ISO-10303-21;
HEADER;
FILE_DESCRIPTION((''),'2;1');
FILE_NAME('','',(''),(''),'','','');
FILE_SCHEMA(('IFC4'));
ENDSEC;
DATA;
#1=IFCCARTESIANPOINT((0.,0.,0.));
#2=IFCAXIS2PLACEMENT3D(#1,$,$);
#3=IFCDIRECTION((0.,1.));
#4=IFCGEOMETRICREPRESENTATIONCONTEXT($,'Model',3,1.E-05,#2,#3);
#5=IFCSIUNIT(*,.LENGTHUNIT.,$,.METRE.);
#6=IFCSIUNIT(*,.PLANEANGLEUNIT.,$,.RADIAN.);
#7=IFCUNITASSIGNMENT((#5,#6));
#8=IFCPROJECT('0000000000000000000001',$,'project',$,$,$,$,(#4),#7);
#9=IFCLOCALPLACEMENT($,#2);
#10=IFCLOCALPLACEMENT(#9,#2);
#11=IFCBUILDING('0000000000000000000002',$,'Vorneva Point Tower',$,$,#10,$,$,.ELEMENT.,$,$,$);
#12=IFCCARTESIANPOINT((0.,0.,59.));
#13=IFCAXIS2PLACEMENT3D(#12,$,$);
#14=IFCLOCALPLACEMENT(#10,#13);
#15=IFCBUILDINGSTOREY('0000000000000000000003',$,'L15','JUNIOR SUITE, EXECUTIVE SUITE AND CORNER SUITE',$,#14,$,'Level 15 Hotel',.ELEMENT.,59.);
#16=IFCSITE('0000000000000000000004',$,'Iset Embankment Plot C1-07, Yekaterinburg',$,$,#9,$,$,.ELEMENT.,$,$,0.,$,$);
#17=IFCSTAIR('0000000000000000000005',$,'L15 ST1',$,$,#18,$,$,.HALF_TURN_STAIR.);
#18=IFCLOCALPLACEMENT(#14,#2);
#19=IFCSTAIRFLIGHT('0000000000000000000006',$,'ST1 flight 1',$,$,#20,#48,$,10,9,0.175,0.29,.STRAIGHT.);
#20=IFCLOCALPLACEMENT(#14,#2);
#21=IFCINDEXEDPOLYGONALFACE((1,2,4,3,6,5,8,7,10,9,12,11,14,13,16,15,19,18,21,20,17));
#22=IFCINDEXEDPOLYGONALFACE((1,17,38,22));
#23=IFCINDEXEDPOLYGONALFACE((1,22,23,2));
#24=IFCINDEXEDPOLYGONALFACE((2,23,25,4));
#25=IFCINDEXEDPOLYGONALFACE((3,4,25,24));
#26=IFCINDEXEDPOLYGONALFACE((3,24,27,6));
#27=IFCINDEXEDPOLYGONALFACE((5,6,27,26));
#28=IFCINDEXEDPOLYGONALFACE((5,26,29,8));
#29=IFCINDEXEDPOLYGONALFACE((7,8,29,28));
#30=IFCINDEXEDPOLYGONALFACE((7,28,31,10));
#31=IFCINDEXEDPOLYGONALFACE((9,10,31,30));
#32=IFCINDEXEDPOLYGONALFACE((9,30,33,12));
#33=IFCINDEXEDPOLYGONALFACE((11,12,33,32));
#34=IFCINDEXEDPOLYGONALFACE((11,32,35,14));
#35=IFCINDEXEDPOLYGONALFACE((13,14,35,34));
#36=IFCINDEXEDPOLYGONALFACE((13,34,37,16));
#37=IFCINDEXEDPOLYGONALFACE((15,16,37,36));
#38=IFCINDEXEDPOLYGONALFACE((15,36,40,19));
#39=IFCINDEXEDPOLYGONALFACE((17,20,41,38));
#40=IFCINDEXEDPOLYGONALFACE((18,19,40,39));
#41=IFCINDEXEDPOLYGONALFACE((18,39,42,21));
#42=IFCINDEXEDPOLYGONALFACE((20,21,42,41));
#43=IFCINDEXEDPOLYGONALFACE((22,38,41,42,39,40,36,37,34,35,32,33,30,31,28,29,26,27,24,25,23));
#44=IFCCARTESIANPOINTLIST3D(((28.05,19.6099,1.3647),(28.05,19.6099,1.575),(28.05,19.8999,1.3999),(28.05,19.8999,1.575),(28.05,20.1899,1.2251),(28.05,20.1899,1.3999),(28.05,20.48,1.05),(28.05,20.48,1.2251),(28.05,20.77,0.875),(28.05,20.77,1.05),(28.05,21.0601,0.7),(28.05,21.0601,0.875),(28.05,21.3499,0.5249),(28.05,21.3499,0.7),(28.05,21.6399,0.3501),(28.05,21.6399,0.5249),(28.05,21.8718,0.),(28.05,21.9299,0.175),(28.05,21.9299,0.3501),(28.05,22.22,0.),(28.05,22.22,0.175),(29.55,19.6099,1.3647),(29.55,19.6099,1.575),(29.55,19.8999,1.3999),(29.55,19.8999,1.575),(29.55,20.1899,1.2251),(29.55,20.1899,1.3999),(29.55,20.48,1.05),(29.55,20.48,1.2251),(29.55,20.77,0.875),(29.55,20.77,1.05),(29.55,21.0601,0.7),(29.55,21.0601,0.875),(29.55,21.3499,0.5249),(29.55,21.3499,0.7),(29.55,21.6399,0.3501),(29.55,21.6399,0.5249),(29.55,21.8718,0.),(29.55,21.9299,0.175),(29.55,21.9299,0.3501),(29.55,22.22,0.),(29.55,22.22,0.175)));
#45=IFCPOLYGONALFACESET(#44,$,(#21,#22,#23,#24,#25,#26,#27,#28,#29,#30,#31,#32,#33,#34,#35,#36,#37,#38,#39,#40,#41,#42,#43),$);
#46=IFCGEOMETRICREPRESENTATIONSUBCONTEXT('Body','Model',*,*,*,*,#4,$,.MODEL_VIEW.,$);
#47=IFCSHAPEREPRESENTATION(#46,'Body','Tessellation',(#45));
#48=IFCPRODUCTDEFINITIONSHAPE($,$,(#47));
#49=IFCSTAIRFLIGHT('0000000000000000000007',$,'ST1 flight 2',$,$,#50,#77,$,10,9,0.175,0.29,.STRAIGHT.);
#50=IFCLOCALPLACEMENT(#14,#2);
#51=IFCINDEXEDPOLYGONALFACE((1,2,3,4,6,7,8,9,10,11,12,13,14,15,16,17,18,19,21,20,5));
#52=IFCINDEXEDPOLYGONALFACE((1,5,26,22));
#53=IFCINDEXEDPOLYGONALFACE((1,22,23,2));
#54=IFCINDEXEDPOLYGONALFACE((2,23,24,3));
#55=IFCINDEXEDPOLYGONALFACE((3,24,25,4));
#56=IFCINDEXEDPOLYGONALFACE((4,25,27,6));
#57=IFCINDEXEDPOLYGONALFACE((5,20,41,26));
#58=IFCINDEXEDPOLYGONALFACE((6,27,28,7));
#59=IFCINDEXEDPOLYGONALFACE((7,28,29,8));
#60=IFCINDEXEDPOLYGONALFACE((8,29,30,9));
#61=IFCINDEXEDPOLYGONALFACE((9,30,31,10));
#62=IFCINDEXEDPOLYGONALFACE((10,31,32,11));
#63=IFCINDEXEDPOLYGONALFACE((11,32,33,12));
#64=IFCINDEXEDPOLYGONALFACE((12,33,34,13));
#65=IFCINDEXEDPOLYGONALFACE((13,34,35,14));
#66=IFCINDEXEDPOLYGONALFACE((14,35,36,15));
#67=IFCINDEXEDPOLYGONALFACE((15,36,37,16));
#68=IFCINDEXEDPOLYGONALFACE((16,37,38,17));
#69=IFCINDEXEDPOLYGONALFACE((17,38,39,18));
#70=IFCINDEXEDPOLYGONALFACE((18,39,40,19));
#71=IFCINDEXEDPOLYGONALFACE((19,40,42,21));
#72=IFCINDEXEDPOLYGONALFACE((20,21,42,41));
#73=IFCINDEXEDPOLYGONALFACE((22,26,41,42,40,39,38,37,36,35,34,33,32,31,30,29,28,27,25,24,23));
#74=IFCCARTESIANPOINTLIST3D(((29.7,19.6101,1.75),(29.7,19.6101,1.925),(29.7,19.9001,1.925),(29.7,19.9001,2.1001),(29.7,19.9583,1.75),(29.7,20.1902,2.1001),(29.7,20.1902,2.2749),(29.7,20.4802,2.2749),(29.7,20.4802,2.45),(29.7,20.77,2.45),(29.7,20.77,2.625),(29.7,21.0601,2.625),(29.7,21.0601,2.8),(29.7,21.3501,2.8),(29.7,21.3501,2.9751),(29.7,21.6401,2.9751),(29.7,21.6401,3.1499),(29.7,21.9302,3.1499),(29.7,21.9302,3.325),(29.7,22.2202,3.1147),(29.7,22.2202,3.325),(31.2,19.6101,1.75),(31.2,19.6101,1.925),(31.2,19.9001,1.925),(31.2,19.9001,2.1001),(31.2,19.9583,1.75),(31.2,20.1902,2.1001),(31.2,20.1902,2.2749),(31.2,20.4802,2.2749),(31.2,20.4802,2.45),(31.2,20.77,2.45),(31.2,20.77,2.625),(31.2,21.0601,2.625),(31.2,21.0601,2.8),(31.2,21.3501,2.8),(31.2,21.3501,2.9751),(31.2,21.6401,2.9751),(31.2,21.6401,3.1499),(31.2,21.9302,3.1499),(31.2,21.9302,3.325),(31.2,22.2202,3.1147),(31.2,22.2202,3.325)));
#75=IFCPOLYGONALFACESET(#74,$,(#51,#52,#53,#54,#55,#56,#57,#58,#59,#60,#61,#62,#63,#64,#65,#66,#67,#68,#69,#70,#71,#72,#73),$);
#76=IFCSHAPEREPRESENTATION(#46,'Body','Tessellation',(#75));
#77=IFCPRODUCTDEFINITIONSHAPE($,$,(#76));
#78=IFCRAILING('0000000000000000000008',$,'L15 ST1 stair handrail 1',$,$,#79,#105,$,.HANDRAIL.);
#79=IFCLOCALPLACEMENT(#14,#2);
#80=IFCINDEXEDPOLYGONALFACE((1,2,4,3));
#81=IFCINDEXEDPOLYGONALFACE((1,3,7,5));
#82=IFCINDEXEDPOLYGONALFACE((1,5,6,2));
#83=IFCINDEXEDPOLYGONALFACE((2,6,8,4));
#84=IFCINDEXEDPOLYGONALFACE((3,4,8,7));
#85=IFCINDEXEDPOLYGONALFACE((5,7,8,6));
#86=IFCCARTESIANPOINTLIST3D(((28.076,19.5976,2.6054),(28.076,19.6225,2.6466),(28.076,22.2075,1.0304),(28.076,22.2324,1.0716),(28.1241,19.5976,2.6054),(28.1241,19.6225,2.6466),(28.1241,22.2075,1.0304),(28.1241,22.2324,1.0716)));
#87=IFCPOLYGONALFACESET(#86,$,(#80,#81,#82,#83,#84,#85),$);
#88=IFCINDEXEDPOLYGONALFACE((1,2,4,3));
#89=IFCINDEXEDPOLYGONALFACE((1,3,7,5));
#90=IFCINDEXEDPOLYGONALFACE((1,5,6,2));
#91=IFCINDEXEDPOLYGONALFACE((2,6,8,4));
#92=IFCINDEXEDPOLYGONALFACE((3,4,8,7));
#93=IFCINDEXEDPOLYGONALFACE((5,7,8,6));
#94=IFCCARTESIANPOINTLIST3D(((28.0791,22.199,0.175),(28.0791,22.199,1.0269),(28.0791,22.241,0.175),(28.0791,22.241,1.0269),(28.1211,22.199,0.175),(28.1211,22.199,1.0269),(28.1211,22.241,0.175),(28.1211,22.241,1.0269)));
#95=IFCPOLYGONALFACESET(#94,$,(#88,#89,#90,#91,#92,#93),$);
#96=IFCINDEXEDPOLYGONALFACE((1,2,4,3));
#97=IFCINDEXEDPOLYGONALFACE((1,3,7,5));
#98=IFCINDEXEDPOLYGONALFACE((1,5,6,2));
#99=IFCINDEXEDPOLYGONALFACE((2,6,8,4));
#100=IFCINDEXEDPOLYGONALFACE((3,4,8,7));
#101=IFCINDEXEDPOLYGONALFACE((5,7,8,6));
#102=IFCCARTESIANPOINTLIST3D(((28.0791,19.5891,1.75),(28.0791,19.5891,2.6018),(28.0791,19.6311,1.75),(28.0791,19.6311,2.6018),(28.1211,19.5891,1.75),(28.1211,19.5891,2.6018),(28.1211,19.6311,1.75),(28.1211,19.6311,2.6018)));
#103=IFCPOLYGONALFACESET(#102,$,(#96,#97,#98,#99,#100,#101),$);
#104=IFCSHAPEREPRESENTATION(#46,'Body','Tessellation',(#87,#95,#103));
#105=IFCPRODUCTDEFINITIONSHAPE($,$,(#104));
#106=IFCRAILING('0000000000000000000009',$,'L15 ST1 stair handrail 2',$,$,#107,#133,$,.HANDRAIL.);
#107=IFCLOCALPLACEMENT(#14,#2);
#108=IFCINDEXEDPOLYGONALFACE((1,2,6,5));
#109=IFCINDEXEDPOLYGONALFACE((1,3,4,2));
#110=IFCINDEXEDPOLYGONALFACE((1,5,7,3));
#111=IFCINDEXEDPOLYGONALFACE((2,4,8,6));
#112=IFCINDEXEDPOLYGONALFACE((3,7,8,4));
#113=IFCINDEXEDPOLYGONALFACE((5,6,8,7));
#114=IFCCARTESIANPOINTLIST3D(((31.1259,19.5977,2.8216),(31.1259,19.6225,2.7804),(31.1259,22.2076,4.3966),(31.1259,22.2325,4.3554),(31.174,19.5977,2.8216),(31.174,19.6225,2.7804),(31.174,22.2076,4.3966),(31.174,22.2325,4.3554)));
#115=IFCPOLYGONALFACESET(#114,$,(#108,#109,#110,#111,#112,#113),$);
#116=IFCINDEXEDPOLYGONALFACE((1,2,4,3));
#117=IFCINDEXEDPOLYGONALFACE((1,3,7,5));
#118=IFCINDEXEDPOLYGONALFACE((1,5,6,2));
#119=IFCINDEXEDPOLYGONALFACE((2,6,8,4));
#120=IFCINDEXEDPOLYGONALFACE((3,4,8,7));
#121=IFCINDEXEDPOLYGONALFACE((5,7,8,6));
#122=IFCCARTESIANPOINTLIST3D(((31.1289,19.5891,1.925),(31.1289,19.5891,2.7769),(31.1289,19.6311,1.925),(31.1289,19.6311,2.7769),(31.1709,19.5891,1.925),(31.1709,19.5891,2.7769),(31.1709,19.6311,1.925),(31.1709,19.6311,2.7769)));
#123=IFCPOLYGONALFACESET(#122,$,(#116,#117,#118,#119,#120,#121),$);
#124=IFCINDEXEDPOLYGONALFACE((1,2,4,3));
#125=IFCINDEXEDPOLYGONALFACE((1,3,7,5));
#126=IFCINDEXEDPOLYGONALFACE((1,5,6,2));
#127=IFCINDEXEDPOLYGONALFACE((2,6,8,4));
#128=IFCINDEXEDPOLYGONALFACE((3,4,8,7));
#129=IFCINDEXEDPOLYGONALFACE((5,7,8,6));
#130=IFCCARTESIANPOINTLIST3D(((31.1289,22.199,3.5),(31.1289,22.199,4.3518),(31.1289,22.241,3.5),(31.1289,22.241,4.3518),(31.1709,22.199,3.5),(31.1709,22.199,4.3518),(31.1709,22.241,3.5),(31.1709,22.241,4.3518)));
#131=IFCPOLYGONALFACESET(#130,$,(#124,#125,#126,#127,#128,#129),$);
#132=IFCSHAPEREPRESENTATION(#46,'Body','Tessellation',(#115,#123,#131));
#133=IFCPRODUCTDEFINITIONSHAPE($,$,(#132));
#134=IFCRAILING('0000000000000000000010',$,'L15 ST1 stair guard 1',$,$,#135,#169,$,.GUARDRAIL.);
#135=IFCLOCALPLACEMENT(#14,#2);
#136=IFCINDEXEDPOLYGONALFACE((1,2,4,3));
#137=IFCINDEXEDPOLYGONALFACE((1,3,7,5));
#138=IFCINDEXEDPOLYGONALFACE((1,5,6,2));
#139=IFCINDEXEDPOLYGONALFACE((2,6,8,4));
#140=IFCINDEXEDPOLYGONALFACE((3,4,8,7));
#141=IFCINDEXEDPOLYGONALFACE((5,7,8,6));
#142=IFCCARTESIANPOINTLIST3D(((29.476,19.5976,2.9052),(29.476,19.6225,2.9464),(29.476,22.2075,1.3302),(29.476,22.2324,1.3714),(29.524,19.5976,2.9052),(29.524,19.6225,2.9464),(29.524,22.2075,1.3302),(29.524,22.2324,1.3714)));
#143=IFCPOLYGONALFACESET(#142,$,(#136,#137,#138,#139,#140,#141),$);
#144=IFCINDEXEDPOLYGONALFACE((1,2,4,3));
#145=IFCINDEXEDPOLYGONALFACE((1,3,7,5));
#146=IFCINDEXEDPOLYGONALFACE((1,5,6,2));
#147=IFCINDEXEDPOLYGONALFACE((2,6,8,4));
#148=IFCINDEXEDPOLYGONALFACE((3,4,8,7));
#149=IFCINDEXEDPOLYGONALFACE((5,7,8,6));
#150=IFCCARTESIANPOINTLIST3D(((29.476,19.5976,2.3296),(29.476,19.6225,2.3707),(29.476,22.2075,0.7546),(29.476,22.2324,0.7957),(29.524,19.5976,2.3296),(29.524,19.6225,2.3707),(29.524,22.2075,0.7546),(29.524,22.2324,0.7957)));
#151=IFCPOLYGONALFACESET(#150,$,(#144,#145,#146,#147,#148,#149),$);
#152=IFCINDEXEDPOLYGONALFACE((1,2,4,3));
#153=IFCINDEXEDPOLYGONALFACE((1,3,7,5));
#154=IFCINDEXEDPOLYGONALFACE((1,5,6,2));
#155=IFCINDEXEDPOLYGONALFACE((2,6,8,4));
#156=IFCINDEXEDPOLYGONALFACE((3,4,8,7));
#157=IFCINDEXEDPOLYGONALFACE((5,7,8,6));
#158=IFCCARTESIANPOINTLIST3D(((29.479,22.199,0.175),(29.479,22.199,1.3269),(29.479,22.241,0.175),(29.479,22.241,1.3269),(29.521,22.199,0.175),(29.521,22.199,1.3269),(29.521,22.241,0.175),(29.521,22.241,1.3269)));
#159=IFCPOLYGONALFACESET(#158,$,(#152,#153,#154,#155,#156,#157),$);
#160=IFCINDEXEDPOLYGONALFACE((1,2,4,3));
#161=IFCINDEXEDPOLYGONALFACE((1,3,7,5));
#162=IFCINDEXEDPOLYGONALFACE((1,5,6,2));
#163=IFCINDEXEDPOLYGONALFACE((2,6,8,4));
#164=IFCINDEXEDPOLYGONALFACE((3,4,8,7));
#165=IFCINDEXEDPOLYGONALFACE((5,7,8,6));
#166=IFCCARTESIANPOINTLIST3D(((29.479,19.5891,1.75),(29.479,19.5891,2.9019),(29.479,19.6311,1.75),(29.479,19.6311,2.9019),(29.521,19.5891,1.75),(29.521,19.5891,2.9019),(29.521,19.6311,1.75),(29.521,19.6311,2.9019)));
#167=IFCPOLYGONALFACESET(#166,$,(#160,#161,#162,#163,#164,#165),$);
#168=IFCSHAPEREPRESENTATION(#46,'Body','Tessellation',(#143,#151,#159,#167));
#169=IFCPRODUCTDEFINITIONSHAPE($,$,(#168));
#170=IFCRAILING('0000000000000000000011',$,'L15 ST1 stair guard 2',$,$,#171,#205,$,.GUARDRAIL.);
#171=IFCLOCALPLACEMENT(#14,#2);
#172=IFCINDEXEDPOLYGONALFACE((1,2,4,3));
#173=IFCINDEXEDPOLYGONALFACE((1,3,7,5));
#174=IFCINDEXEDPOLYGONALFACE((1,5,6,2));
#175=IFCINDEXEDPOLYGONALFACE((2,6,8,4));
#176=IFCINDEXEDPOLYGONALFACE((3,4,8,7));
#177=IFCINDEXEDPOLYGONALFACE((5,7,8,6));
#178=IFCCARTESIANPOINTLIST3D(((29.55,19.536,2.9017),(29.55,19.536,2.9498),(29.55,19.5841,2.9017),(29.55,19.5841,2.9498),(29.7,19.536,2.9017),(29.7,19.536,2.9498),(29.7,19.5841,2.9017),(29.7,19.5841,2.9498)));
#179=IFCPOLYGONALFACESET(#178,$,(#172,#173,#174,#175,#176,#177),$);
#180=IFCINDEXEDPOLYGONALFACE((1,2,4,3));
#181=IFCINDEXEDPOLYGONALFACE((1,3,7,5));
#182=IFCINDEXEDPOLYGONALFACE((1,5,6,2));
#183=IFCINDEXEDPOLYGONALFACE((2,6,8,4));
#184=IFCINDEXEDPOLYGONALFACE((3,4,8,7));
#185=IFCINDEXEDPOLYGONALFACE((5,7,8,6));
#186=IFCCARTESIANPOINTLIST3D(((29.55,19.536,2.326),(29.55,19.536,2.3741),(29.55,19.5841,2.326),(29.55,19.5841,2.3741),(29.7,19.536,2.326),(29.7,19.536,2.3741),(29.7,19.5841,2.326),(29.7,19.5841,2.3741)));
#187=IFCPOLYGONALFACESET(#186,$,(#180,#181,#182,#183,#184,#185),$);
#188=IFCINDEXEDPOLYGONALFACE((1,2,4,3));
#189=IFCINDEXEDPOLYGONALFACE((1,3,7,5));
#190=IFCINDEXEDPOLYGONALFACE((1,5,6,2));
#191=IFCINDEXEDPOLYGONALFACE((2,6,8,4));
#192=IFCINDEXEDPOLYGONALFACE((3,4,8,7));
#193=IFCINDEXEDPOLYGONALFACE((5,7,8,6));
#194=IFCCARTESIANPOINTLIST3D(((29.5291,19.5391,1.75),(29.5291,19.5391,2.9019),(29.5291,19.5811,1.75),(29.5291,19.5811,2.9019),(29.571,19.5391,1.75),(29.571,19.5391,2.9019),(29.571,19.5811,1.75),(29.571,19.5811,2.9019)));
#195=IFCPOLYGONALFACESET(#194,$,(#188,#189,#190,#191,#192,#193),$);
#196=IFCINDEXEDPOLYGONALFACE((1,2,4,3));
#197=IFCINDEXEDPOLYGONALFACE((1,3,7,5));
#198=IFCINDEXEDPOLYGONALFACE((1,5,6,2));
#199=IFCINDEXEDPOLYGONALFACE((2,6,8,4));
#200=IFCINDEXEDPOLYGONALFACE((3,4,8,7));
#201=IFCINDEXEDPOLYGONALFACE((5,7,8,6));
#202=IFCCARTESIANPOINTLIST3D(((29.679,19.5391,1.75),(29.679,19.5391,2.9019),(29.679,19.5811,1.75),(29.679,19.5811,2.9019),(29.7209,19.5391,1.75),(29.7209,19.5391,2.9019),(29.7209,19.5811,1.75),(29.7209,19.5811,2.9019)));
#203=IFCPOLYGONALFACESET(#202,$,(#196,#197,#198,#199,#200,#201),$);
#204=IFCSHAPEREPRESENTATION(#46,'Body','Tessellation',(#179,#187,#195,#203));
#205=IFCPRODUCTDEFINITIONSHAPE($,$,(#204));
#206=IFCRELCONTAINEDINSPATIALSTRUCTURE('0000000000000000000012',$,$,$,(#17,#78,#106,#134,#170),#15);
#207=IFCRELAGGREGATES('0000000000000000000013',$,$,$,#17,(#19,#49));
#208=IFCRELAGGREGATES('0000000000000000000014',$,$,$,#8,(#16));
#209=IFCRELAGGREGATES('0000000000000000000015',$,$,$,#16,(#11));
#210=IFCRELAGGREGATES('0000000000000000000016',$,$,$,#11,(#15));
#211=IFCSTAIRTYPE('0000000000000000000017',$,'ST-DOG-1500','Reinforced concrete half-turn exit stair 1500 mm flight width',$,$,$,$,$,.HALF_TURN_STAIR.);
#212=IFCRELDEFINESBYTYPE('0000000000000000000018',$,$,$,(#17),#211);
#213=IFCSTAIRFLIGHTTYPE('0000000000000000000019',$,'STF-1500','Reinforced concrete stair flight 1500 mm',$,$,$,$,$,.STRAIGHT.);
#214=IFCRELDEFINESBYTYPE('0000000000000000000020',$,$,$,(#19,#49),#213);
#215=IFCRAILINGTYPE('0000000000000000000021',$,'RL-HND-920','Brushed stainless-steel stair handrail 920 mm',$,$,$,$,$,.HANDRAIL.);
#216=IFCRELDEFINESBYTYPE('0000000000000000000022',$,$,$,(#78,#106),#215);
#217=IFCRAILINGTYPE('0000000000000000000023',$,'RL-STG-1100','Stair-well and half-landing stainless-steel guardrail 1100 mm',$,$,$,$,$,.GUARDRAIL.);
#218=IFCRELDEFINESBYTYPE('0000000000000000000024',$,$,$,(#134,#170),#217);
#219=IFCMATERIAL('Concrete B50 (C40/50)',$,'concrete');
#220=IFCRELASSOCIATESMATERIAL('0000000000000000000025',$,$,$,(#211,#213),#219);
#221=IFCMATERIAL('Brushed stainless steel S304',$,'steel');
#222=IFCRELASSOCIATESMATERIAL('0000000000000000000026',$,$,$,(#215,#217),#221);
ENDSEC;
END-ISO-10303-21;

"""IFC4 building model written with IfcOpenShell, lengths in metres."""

from ifc_helpers import new_model, si_unit, direction, frame, origin, origin_2d, place, context, subcontext, project, spatial, polyline, rectangle, outline, extrude, material, type_object, element, aggregate, save


model = new_model("IFC4")

# Units and contexts
model_context = context("Model", 3, precision=1e-05, world=origin(), true_north=direction((0.0, 1.0)))
body_context = subcontext(model_context, "Body", "Model", "MODEL_VIEW")
ifc_project = project(units=[si_unit("LENGTHUNIT", "METRE"), si_unit("PLANEANGLEUNIT", "RADIAN")], contexts=[model_context])

# Site, building, storey
site_placement = place(None, origin())
site = spatial("IfcSite", under=ifc_project, at=site_placement, Name="Iset Embankment Plot C1-07, Yekaterinburg", CompositionType="ELEMENT", RefElevation=0.0)
building_placement = place(site_placement, origin())
building = spatial("IfcBuilding", under=site, at=building_placement, Name="Vorneva Point Tower", CompositionType="ELEMENT")
storey_placement = place(building_placement, frame((0.0, 0.0, 59.0)))
storey = spatial("IfcBuildingStorey", under=building, at=storey_placement, Name="L15", Description="JUNIOR SUITE, EXECUTIVE SUITE AND CORNER SUITE", LongName="Level 15 Hotel", CompositionType="ELEMENT", Elevation=59.0)

# Shared definitions
ifc_material_1 = material(Name="Concrete B50 (C40/50)", Category="concrete")

# Stair, stair flights
stair_type = type_object("IfcStairType", Name="ST-DOG-1500", Description="Reinforced concrete half-turn exit stair 1500 mm flight width", PredefinedType="HALF_TURN_STAIR", material=ifc_material_1)
stair_placement = place(storey_placement, origin())
stair = element("IfcStair", 1, at=stair_placement, inside=storey, type_object=stair_type, Name="L15 ST1", PredefinedType="HALF_TURN_STAIR")
stair_flight_type = type_object("IfcStairFlightType", Name="STF-1500", Description="Reinforced concrete stair flight 1500 mm", PredefinedType="STRAIGHT", material=ifc_material_1)
stair_flight_1_placement = place(storey_placement, frame((28.8, 22.22, 0.0), z_axis=(0.0, 0.0, 1.0), x_axis=(0.0, -1.0, 0.0)))
stair_flight_1 = element("IfcStairFlight", 2, at=stair_flight_1_placement, type_object=stair_flight_type, Name="ST1 flight 1", NumberOfRisers=10, NumberOfTreads=9, PredefinedType="STRAIGHT", RiserHeight=0.175, TreadLength=0.29, context=body_context, shape_type="SweptSolid", body=[
    extrude(outline(polyline([(0.0, 0.0), (0.0, 0.175), (0.29, 0.175), (0.29, 0.3501), (0.5801, 0.3501), (0.5801, 0.5249), (0.8701, 0.5249), (0.8701, 0.7), (1.1599, 0.7), (1.1599, 0.875), (1.45, 0.875), (1.45, 1.05), (1.74, 1.05), (1.74, 1.2251), (2.03, 1.2251), (2.03, 1.3999), (2.3201, 1.3999), (2.3201, 1.575), (2.6101, 1.575), (2.6101, 1.75), (2.6101, 1.3647), (0.3481, 0.0), (0.0, 0.0)])), frame((0.0, 0.75, 0.0), z_axis=(0.0, -1.0, 0.0), x_axis=(1.0, 0.0, 0.0)), (0.0, 0.0, 1.0), 1.5),
])
stair_flight_2_placement = place(storey_placement, frame((30.45, 19.6101, 1.75), z_axis=(0.0, 0.0, 1.0), x_axis=(0.0, 1.0, 0.0)))
stair_flight_2 = element("IfcStairFlight", 3, at=stair_flight_2_placement, type_object=stair_flight_type, Name="ST1 flight 2", NumberOfRisers=10, NumberOfTreads=9, PredefinedType="STRAIGHT", RiserHeight=0.175, TreadLength=0.29, context=body_context, shape_type="SweptSolid", body=[
    extrude(outline(polyline([(0.0, 0.0), (0.0, 0.175), (0.29, 0.175), (0.29, 0.3501), (0.5801, 0.3501), (0.5801, 0.5249), (0.8701, 0.5249), (0.8701, 0.7), (1.1599, 0.7), (1.1599, 0.875), (1.45, 0.875), (1.45, 1.05), (1.74, 1.05), (1.74, 1.2251), (2.03, 1.2251), (2.03, 1.3999), (2.3201, 1.3999), (2.3201, 1.575), (2.6101, 1.575), (2.6101, 1.75), (2.6101, 1.3647), (0.3481, 0.0), (0.0, 0.0)])), frame((0.0, 0.75, 0.0), z_axis=(0.0, -1.0, 0.0), x_axis=(1.0, 0.0, 0.0)), (0.0, 0.0, 1.0), 1.5),
])
aggregate(stair, [stair_flight_1, stair_flight_2])

# Railings
ifc_material_2 = material(Name="Brushed stainless steel S304", Category="steel")
railing_type_1 = type_object("IfcRailingType", Name="RL-HND-920", Description="Brushed stainless-steel stair handrail 920 mm", PredefinedType="HANDRAIL", material=ifc_material_2)
railing_1_placement = place(storey_placement, frame((28.1001, 22.22, 0.175)))
element("IfcRailing", 4, at=railing_1_placement, inside=storey, type_object=railing_type_1, Name="L15 ST1 stair handrail 1", PredefinedType="HANDRAIL", context=body_context, shape_type="SweptSolid", body=[
    extrude(rectangle(XDim=0.0481, YDim=0.0481, at=origin_2d()), frame((0.0, 0.0, 0.876), z_axis=(0.0, -0.856183, 0.516673), x_axis=(1.0, 0.0, 0.0)), (0.0, 0.0, 1.0), 3.0483),
    extrude(rectangle(XDim=0.042, YDim=0.042, at=origin_2d()), origin(), (0.0, 0.0, 1.0), 0.8518),
    extrude(rectangle(XDim=0.042, YDim=0.042, at=origin_2d()), frame((0.0, -2.6099, 1.575)), (0.0, 0.0, 1.0), 0.8518),
])
railing_2_placement = place(storey_placement, frame((31.1499, 19.6101, 1.925)))
element("IfcRailing", 5, at=railing_2_placement, inside=storey, type_object=railing_type_1, Name="L15 ST1 stair handrail 2", PredefinedType="HANDRAIL", context=body_context, shape_type="SweptSolid", body=[
    extrude(rectangle(XDim=0.0481, YDim=0.0481, at=origin_2d()), frame((0.0, 0.0, 0.876), z_axis=(0.0, 0.856183, 0.516673), x_axis=(-1.0, 0.0, 0.0)), (0.0, 0.0, 1.0), 3.0483),
    extrude(rectangle(XDim=0.042, YDim=0.042, at=origin_2d()), origin(), (0.0, 0.0, 1.0), 0.8518),
    extrude(rectangle(XDim=0.042, YDim=0.042, at=origin_2d()), frame((0.0, 2.6099, 1.575)), (0.0, 0.0, 1.0), 0.8518),
])
railing_type_2 = type_object("IfcRailingType", Name="RL-STG-1100", Description="Stair-well and half-landing stainless-steel guardrail 1100 mm", PredefinedType="GUARDRAIL", material=ifc_material_2)
railing_3_placement = place(storey_placement, frame((29.5, 22.22, 0.175)))
element("IfcRailing", 6, at=railing_3_placement, inside=storey, type_object=railing_type_2, Name="L15 ST1 stair guard 1", PredefinedType="GUARDRAIL", context=body_context, shape_type="SweptSolid", body=[
    extrude(rectangle(XDim=0.0481, YDim=0.0481, at=origin_2d()), frame((0.0, 0.0, 1.1758), z_axis=(0.0, -0.856183, 0.516673), x_axis=(1.0, 0.0, 0.0)), (0.0, 0.0, 1.0), 3.0483),
    extrude(rectangle(XDim=0.0481, YDim=0.0481, at=origin_2d()), frame((0.0, 0.0, 0.6001), z_axis=(0.0, -0.856183, 0.516673), x_axis=(1.0, 0.0, 0.0)), (0.0, 0.0, 1.0), 3.0483),
    extrude(rectangle(XDim=0.042, YDim=0.042, at=origin_2d()), origin(), (0.0, 0.0, 1.0), 1.1519),
    extrude(rectangle(XDim=0.042, YDim=0.042, at=origin_2d()), frame((0.0, -2.6099, 1.575)), (0.0, 0.0, 1.0), 1.1519),
])
railing_4_placement = place(storey_placement, frame((29.55, 19.5601, 1.75)))
element("IfcRailing", 7, at=railing_4_placement, inside=storey, type_object=railing_type_2, Name="L15 ST1 stair guard 2", PredefinedType="GUARDRAIL", context=body_context, shape_type="SweptSolid", body=[
    extrude(rectangle(XDim=0.0481, YDim=0.0481, at=origin_2d()), frame((0.0, 0.0, 1.1758), z_axis=(1.0, 0.0, 0.0), x_axis=(0.0, 1.0, 0.0)), (0.0, 0.0, 1.0), 0.1499),
    extrude(rectangle(XDim=0.0481, YDim=0.0481, at=origin_2d()), frame((0.0, 0.0, 0.6001), z_axis=(1.0, 0.0, 0.0), x_axis=(0.0, 1.0, 0.0)), (0.0, 0.0, 1.0), 0.1499),
    extrude(rectangle(XDim=0.042, YDim=0.042, at=origin_2d()), origin(), (0.0, 0.0, 1.0), 1.1519),
    extrude(rectangle(XDim=0.042, YDim=0.042, at=origin_2d()), frame((0.1499, 0.0, 0.0)), (0.0, 0.0, 1.0), 1.1519),
])

save(model, "model.ifc")
